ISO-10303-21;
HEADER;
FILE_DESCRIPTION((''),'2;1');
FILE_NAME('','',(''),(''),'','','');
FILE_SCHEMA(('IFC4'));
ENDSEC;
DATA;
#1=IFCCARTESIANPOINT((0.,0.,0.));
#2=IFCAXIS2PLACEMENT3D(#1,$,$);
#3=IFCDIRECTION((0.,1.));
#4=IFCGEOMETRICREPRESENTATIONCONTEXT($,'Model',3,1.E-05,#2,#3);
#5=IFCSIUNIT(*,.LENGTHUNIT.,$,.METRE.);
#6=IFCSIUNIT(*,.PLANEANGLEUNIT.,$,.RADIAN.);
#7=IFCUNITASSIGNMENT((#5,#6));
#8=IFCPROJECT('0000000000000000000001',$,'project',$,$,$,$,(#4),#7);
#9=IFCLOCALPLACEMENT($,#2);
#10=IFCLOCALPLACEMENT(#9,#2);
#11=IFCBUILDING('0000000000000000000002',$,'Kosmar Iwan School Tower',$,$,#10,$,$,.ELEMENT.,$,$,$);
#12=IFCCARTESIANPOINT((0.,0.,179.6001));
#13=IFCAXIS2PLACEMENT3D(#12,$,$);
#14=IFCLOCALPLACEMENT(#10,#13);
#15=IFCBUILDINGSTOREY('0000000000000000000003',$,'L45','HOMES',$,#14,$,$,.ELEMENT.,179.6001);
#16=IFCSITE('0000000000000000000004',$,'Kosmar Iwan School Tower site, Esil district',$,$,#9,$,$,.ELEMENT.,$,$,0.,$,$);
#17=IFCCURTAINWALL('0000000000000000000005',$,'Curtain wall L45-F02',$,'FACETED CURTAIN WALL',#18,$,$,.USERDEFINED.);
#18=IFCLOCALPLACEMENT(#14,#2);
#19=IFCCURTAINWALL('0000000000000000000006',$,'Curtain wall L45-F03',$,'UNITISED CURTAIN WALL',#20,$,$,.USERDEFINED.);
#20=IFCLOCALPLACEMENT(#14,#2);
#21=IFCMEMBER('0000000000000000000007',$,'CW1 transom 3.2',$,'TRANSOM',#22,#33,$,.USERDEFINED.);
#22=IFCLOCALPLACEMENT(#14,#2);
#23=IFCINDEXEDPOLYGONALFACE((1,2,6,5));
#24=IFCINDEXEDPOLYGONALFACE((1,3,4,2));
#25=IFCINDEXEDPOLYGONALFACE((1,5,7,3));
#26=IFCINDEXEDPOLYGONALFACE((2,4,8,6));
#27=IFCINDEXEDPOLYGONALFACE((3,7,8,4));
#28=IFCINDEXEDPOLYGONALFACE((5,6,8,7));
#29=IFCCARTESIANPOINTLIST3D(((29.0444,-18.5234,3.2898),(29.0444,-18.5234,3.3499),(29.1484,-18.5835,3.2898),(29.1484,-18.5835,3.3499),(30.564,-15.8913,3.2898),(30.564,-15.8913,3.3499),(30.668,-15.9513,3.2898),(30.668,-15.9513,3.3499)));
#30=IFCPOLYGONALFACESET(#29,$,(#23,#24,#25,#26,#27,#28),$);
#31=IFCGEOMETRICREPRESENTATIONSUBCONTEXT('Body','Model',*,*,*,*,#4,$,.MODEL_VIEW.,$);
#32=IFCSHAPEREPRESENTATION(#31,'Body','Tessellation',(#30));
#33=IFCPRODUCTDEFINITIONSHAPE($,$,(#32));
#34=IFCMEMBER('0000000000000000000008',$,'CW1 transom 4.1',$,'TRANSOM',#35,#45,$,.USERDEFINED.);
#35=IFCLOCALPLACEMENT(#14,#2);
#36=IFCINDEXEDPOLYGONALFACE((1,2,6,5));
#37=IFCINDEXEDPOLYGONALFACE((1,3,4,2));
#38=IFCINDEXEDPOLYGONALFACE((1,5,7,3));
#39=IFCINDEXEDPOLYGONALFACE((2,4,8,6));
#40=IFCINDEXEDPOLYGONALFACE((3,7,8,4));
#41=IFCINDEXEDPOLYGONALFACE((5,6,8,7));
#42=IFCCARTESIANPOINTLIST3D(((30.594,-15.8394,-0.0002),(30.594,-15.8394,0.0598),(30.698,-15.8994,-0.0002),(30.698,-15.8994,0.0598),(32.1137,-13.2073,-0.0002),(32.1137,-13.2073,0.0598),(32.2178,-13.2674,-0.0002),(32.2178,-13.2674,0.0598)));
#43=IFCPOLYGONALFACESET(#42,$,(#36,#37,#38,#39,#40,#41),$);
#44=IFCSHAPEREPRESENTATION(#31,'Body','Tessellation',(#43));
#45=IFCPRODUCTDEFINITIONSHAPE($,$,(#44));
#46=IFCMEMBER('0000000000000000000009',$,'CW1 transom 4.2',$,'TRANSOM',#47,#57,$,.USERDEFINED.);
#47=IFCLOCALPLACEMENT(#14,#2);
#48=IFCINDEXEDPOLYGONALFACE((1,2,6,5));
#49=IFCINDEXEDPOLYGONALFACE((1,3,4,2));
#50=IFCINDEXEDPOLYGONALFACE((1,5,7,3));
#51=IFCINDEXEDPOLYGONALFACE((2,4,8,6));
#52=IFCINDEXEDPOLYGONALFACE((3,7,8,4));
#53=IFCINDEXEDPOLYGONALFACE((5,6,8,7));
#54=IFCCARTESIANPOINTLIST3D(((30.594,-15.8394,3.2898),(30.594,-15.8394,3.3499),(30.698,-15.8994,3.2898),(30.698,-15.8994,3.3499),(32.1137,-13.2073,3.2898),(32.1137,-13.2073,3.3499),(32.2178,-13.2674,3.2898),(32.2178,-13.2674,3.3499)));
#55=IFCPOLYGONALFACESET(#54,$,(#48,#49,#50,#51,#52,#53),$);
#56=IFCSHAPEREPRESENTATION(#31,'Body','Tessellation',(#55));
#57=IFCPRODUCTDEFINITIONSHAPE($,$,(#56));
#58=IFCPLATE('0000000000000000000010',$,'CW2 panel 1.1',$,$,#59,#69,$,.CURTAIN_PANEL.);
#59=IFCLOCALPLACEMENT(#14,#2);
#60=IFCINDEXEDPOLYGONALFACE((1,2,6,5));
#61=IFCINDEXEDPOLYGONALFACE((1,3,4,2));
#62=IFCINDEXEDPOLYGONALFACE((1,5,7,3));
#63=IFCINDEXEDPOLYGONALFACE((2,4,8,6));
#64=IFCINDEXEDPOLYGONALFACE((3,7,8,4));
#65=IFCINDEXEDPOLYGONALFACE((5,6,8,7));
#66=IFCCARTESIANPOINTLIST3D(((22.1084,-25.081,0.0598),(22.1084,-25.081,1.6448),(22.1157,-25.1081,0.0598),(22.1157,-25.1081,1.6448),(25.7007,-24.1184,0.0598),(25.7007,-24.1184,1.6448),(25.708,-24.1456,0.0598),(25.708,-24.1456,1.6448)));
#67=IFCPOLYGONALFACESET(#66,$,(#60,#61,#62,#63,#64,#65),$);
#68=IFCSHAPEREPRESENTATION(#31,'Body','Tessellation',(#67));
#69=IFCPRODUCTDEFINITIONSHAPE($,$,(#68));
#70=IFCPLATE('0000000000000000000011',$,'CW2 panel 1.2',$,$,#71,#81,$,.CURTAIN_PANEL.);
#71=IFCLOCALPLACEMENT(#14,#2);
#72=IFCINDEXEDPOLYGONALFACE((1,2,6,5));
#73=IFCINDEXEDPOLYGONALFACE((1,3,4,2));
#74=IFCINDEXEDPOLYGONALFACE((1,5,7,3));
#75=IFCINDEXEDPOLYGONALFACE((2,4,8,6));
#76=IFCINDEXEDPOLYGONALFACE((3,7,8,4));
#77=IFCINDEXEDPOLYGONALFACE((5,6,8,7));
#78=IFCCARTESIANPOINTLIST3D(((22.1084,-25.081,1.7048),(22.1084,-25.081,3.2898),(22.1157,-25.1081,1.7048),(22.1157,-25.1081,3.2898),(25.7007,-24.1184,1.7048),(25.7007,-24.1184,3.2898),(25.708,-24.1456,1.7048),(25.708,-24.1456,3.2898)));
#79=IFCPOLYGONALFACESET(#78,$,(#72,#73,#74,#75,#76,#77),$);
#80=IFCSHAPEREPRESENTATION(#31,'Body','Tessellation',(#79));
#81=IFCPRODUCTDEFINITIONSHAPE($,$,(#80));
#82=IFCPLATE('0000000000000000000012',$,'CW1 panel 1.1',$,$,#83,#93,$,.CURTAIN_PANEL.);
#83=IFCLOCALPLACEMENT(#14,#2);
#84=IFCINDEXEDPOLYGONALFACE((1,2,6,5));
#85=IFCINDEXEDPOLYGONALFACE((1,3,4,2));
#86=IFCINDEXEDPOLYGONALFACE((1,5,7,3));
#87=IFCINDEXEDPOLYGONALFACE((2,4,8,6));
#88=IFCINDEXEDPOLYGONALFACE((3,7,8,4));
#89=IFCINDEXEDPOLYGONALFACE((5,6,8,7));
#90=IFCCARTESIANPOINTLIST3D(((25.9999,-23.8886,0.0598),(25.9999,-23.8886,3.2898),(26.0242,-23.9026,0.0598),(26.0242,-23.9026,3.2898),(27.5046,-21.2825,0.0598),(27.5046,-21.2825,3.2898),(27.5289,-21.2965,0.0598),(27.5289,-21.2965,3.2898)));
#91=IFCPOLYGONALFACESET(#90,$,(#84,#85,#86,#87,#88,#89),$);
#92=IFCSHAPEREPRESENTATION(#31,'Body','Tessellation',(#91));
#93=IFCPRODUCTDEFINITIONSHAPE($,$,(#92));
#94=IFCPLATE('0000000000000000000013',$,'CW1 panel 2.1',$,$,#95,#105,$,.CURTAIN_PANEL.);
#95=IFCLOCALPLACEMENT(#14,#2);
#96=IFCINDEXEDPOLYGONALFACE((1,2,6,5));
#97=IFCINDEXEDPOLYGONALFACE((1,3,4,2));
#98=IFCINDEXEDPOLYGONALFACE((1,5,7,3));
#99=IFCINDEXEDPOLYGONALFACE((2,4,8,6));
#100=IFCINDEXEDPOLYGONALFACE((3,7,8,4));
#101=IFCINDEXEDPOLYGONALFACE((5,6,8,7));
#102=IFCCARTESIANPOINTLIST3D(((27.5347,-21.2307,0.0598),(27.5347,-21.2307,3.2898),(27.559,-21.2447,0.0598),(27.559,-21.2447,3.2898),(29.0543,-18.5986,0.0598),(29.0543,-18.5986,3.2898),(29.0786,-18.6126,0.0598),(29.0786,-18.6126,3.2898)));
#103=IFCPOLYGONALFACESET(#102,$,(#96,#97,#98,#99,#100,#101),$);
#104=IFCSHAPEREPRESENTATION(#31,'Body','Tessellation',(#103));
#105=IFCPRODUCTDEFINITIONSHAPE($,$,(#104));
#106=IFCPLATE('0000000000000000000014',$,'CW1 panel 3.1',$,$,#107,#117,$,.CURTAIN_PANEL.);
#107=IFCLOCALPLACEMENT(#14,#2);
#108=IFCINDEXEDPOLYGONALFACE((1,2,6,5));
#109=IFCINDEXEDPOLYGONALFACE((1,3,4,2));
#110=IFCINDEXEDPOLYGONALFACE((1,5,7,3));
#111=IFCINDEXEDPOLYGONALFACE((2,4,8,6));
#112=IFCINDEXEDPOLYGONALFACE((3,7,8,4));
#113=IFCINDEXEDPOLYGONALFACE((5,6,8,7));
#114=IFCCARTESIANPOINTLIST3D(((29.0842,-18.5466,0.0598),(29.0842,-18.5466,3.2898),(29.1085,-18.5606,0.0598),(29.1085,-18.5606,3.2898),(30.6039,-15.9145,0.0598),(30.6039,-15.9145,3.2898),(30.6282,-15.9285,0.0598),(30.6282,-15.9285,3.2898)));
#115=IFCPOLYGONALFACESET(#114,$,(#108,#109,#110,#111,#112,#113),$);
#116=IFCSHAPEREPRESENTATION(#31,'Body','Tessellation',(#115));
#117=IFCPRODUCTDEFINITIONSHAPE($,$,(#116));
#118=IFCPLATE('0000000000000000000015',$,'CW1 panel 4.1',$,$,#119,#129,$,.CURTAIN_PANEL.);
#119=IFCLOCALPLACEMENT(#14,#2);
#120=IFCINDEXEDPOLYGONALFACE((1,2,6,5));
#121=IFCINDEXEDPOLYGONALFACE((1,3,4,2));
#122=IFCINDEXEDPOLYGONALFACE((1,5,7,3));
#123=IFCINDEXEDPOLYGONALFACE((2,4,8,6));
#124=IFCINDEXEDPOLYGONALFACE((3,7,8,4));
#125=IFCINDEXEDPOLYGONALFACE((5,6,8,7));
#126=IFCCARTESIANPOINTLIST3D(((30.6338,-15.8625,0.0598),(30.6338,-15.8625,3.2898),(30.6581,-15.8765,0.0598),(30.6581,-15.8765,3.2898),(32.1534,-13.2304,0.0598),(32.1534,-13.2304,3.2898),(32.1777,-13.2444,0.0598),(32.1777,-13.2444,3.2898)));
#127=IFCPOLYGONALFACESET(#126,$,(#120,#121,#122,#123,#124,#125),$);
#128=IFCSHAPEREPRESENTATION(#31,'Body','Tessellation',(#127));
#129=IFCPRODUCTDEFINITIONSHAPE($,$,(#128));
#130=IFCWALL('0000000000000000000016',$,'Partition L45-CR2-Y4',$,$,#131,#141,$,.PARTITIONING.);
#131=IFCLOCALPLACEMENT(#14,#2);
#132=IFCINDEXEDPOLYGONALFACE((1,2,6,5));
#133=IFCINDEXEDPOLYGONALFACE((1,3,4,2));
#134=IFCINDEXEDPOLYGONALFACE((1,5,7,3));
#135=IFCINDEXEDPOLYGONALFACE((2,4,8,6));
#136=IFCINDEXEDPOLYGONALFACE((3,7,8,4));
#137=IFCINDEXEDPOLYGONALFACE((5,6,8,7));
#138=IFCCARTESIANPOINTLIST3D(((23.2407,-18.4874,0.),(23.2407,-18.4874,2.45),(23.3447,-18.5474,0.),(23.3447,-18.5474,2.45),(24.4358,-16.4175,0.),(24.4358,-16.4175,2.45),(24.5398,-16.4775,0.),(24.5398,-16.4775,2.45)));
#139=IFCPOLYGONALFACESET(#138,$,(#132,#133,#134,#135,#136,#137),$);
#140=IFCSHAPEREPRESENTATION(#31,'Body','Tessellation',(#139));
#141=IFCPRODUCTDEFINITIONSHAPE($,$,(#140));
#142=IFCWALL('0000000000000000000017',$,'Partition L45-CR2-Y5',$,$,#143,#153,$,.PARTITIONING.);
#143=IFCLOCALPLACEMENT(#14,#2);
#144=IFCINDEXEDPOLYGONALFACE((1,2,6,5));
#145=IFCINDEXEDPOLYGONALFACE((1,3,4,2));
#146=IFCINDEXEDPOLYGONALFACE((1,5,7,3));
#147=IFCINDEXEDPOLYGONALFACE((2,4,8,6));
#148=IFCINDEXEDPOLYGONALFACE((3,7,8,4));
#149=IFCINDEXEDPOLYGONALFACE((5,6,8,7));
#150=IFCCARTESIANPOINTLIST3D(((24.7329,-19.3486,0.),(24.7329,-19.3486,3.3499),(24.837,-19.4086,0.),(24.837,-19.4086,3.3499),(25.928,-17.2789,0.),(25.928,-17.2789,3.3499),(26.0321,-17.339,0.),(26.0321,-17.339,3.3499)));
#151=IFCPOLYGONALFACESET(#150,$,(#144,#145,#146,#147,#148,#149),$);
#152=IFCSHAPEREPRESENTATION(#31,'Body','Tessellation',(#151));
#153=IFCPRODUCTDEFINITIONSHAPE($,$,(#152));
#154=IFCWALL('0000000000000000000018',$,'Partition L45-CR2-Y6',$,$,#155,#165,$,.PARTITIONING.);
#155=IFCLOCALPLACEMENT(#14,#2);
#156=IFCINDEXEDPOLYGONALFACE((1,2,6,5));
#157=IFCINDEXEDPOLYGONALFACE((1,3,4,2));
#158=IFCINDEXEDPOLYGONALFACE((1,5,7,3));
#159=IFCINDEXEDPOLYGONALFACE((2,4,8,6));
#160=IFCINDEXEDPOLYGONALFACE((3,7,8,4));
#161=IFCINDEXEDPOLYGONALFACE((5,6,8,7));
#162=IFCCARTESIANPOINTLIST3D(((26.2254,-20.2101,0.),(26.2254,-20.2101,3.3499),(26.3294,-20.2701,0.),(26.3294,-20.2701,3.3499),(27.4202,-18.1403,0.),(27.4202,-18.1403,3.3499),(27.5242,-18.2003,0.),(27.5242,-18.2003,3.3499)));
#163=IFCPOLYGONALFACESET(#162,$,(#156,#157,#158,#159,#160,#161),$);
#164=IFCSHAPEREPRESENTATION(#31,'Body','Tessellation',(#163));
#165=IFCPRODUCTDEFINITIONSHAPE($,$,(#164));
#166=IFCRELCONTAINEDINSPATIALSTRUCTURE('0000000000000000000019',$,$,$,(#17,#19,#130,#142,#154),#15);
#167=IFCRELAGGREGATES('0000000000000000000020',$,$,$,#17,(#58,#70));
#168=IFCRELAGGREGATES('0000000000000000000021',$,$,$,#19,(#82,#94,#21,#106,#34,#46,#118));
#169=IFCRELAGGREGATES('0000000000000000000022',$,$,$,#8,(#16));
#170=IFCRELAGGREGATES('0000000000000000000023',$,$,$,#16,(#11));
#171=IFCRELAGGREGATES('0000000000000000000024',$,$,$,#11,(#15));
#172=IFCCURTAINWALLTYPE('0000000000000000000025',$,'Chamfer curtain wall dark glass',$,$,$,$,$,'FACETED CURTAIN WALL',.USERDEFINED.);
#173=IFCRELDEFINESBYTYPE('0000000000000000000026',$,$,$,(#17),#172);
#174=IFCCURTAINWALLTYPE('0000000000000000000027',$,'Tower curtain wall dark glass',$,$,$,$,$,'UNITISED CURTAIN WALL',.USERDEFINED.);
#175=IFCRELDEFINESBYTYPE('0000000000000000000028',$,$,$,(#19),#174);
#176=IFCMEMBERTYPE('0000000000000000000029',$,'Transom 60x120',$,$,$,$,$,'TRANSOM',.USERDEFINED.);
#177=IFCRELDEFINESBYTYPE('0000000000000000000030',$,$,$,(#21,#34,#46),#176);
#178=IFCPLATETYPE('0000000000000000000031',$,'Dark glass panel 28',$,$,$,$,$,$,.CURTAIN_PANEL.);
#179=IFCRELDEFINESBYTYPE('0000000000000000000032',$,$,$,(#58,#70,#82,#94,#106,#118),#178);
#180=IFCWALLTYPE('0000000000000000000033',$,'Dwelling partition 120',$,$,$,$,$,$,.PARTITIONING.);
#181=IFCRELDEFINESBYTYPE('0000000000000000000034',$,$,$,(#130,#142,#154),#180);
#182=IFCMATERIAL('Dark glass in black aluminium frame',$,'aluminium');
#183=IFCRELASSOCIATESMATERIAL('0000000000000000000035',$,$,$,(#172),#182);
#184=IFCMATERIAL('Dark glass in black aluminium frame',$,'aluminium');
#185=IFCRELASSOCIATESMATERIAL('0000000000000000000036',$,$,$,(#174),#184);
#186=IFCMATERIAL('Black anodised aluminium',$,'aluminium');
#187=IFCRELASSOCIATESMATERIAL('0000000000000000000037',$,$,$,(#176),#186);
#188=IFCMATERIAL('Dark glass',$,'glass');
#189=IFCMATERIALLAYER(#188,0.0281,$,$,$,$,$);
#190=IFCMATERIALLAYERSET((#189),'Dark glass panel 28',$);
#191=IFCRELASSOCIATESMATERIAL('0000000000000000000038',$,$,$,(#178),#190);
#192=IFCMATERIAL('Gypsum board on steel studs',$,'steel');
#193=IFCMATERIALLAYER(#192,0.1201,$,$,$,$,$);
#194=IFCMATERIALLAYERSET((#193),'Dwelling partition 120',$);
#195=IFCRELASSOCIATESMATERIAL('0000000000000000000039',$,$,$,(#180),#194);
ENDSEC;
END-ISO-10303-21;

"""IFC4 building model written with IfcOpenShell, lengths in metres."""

from ifc_helpers import new_model, si_unit, direction, frame, frame_2d, origin, origin_2d, place, context, subcontext, project, spatial, rectangle, extrude, material, layer, layer_set, material_profile, profile_set, type_object, element, aggregate, save


model = new_model("IFC4")

# Units and contexts
model_context = context("Model", 3, precision=1e-05, world=origin(), true_north=direction((0.0, 1.0)))
body_context = subcontext(model_context, "Body", "Model", "MODEL_VIEW")
ifc_project = project(units=[si_unit("LENGTHUNIT", "METRE"), si_unit("PLANEANGLEUNIT", "RADIAN")], contexts=[model_context])

# Site, building, storey
site_placement = place(None, origin())
site = spatial("IfcSite", under=ifc_project, at=site_placement, Name="Kosmar Iwan School Tower site, Esil district", CompositionType="ELEMENT", RefElevation=0.0)
building_placement = place(site_placement, origin())
building = spatial("IfcBuilding", under=site, at=building_placement, Name="Kosmar Iwan School Tower", CompositionType="ELEMENT")
storey_placement = place(building_placement, frame((0.0, 0.0, 179.6001)))
storey = spatial("IfcBuildingStorey", under=building, at=storey_placement, Name="L45", Description="HOMES", CompositionType="ELEMENT", Elevation=179.6001)

# Curtain wall
ifc_material_1 = material(Name="Dark glass in black aluminium frame", Category="aluminium")
curtain_wall_type_1 = type_object("IfcCurtainWallType", Name="Chamfer curtain wall dark glass", ElementType="FACETED CURTAIN WALL", PredefinedType="USERDEFINED", material=ifc_material_1)
curtain_wall_1_placement = place(storey_placement, origin())
curtain_wall_1 = element("IfcCurtainWall", 1, at=curtain_wall_1_placement, inside=storey, type_object=curtain_wall_type_1, Name="Curtain wall L45-F02", ObjectType="FACETED CURTAIN WALL", PredefinedType="USERDEFINED")

# Curtain wall
ifc_material_2 = material(Name="Dark glass in black aluminium frame", Category="aluminium")
curtain_wall_type_2 = type_object("IfcCurtainWallType", Name="Tower curtain wall dark glass", ElementType="UNITISED CURTAIN WALL", PredefinedType="USERDEFINED", material=ifc_material_2)
curtain_wall_2_placement = place(storey_placement, origin())
curtain_wall_2 = element("IfcCurtainWall", 2, at=curtain_wall_2_placement, inside=storey, type_object=curtain_wall_type_2, Name="Curtain wall L45-F03", ObjectType="UNITISED CURTAIN WALL", PredefinedType="USERDEFINED")

# Members
ifc_material_3 = material(Name="Black anodised aluminium", Category="aluminium")
ifc_material_profile_1 = material_profile(ifc_material_3, rectangle(XDim=0.1201, YDim=0.0601, at=origin_2d()), Name="TRANSOM 60x120")
ifc_profile_set_1 = profile_set([ifc_material_profile_1], Name="Black anodised aluminium")
member_type_1 = type_object("IfcMemberType", Name="Transom 60x120", ElementType="TRANSOM", PredefinedType="USERDEFINED", material=ifc_profile_set_1)
member_1_placement = place(storey_placement, frame((29.0964, -18.5535, 3.3198), z_axis=(0.499975, 0.86604, 0.0), x_axis=(-0.86604, 0.499975, 0.0)))
member_1 = element("IfcMember", 3, at=member_1_placement, type_object=member_type_1, Name="CW1 transom 3.2", ObjectType="TRANSOM", PredefinedType="USERDEFINED", context=body_context, shape_type="SweptSolid", body=[
    extrude(rectangle(XDim=0.1201, YDim=0.0601, at=origin_2d()), origin(), (0.0, 0.0, 1.0), 3.0393),
])
member_2_placement = place(storey_placement, frame((30.646, -15.8694, 0.0298), z_axis=(0.500035, 0.866005, 0.0), x_axis=(-0.866005, 0.500035, 0.0)))
member_2 = element("IfcMember", 4, at=member_2_placement, type_object=member_type_1, Name="CW1 transom 4.1", ObjectType="TRANSOM", PredefinedType="USERDEFINED", context=body_context, shape_type="SweptSolid", body=[
    extrude(rectangle(XDim=0.1201, YDim=0.0601, at=origin_2d()), origin(), (0.0, 0.0, 1.0), 3.0393),
])
member_3_placement = place(storey_placement, frame((30.646, -15.8694, 3.3198), z_axis=(0.500035, 0.866005, 0.0), x_axis=(-0.866005, 0.500035, 0.0)))
member_3 = element("IfcMember", 5, at=member_3_placement, type_object=member_type_1, Name="CW1 transom 4.2", ObjectType="TRANSOM", PredefinedType="USERDEFINED", context=body_context, shape_type="SweptSolid", body=[
    extrude(rectangle(XDim=0.1201, YDim=0.0601, at=origin_2d()), origin(), (0.0, 0.0, 1.0), 3.0393),
])

# Plates
ifc_material_4 = material(Name="Dark glass", Category="glass")
ifc_layer_1 = layer(ifc_material_4, 0.0281)
ifc_layer_set_1 = layer_set([ifc_layer_1], Name="Dark glass panel 28")
plate_type = type_object("IfcPlateType", Name="Dark glass panel 28", PredefinedType="CURTAIN_PANEL", material=ifc_layer_set_1)
plate_1_placement = place(storey_placement, frame((23.9082, -24.6133, 0.0598), z_axis=(0.0, 0.0, 1.0), x_axis=(0.965926, 0.258819, 0.0)))
plate_1 = element("IfcPlate", 6, at=plate_1_placement, type_object=plate_type, Name="CW2 panel 1.1", PredefinedType="CURTAIN_PANEL", context=body_context, shape_type="SweptSolid", body=[
    extrude(rectangle(XDim=3.719, YDim=0.0281, at=origin_2d()), origin(), (0.0, 0.0, 1.0), 1.585),
])
plate_2_placement = place(storey_placement, frame((23.9082, -24.6133, 1.7048), z_axis=(0.0, 0.0, 1.0), x_axis=(0.965926, 0.258819, 0.0)))
plate_2 = element("IfcPlate", 7, at=plate_2_placement, type_object=plate_type, Name="CW2 panel 1.2", PredefinedType="CURTAIN_PANEL", context=body_context, shape_type="SweptSolid", body=[
    extrude(rectangle(XDim=3.719, YDim=0.0281, at=origin_2d()), origin(), (0.0, 0.0, 1.0), 1.585),
])
aggregate(curtain_wall_1, [plate_1, plate_2])
plate_3_placement = place(storey_placement, frame((26.7644, -22.5925, 0.0598), z_axis=(0.0, 0.0, 1.0), x_axis=(0.5, 0.866025, 0.0)))
plate_3 = element("IfcPlate", 8, at=plate_3_placement, type_object=plate_type, Name="CW1 panel 1.1", PredefinedType="CURTAIN_PANEL", context=body_context, shape_type="SweptSolid", body=[
    extrude(rectangle(XDim=3.0093, YDim=0.0281, at=origin_2d()), origin(), (0.0, 0.0, 1.0), 3.23),
])
plate_4_placement = place(storey_placement, frame((28.3066, -19.9216, 0.0598), z_axis=(0.0, 0.0, 1.0), x_axis=(0.5, 0.866025, 0.0)))
plate_4 = element("IfcPlate", 9, at=plate_4_placement, type_object=plate_type, Name="CW1 panel 2.1", PredefinedType="CURTAIN_PANEL", context=body_context, shape_type="SweptSolid", body=[
    extrude(rectangle(XDim=3.0393, YDim=0.0281, at=origin_2d()), origin(), (0.0, 0.0, 1.0), 3.23),
])
plate_5_placement = place(storey_placement, frame((29.8562, -17.2375, 0.0598), z_axis=(0.0, 0.0, 1.0), x_axis=(0.5, 0.866025, 0.0)))
plate_5 = element("IfcPlate", 10, at=plate_5_placement, type_object=plate_type, Name="CW1 panel 3.1", PredefinedType="CURTAIN_PANEL", context=body_context, shape_type="SweptSolid", body=[
    extrude(rectangle(XDim=3.0393, YDim=0.0281, at=origin_2d()), origin(), (0.0, 0.0, 1.0), 3.23),
])
plate_6_placement = place(storey_placement, frame((31.4058, -14.5535, 0.0598), z_axis=(0.0, 0.0, 1.0), x_axis=(0.5, 0.866025, 0.0)))
plate_6 = element("IfcPlate", 11, at=plate_6_placement, type_object=plate_type, Name="CW1 panel 4.1", PredefinedType="CURTAIN_PANEL", context=body_context, shape_type="SweptSolid", body=[
    extrude(rectangle(XDim=3.0393, YDim=0.0281, at=origin_2d()), origin(), (0.0, 0.0, 1.0), 3.23),
])
aggregate(curtain_wall_2, [plate_3, plate_4, member_1, plate_5, member_2, member_3, plate_6])

# Walls
ifc_material_5 = material(Name="Gypsum board on steel studs", Category="steel")
ifc_layer_2 = layer(ifc_material_5, 0.1201)
ifc_layer_set_2 = layer_set([ifc_layer_2], Name="Dwelling partition 120")
wall_type = type_object("IfcWallType", Name="Dwelling partition 120", PredefinedType="PARTITIONING", material=ifc_layer_set_2)
wall_placement = place(storey_placement, frame((24.4878, -16.4475, 0.0), z_axis=(0.0, 0.0, 1.0), x_axis=(-0.500017, -0.866015, 0.0)))
element("IfcWall", 12, at=wall_placement, inside=storey, type_object=wall_type, Name="Partition L45-CR2-Y4", PredefinedType="PARTITIONING", context=body_context, shape_type="SweptSolid", body=[
    extrude(rectangle(XDim=2.3901, YDim=0.1201, at=frame_2d((1.1951, 0.0))), origin(), (0.0, 0.0, 1.0), 2.45),
])
for number, where, z_axis, x_axis, name in (
    (13, (25.98, -17.3091, 0.0), (0.0, 0.0, 1.0), (-0.500061, -0.86599, 0.0), "Partition L45-CR2-Y5"),
    (14, (27.4722, -18.1704, 0.0), (0.0, 0.0, 1.0), (-0.499941, -0.86606, 0.0), "Partition L45-CR2-Y6"),
):
    element("IfcWall", number, at=place(storey_placement, frame(where, z_axis=z_axis, x_axis=x_axis)), inside=storey, type_object=wall_type, Name=name, PredefinedType="PARTITIONING", context=body_context, shape_type="SweptSolid", body=[
        extrude(rectangle(XDim=2.3899, YDim=0.1201, at=frame_2d((1.1948, 0.0))), origin(), (0.0, 0.0, 1.0), 3.3499),
    ])

save(model, "model.ifc")
